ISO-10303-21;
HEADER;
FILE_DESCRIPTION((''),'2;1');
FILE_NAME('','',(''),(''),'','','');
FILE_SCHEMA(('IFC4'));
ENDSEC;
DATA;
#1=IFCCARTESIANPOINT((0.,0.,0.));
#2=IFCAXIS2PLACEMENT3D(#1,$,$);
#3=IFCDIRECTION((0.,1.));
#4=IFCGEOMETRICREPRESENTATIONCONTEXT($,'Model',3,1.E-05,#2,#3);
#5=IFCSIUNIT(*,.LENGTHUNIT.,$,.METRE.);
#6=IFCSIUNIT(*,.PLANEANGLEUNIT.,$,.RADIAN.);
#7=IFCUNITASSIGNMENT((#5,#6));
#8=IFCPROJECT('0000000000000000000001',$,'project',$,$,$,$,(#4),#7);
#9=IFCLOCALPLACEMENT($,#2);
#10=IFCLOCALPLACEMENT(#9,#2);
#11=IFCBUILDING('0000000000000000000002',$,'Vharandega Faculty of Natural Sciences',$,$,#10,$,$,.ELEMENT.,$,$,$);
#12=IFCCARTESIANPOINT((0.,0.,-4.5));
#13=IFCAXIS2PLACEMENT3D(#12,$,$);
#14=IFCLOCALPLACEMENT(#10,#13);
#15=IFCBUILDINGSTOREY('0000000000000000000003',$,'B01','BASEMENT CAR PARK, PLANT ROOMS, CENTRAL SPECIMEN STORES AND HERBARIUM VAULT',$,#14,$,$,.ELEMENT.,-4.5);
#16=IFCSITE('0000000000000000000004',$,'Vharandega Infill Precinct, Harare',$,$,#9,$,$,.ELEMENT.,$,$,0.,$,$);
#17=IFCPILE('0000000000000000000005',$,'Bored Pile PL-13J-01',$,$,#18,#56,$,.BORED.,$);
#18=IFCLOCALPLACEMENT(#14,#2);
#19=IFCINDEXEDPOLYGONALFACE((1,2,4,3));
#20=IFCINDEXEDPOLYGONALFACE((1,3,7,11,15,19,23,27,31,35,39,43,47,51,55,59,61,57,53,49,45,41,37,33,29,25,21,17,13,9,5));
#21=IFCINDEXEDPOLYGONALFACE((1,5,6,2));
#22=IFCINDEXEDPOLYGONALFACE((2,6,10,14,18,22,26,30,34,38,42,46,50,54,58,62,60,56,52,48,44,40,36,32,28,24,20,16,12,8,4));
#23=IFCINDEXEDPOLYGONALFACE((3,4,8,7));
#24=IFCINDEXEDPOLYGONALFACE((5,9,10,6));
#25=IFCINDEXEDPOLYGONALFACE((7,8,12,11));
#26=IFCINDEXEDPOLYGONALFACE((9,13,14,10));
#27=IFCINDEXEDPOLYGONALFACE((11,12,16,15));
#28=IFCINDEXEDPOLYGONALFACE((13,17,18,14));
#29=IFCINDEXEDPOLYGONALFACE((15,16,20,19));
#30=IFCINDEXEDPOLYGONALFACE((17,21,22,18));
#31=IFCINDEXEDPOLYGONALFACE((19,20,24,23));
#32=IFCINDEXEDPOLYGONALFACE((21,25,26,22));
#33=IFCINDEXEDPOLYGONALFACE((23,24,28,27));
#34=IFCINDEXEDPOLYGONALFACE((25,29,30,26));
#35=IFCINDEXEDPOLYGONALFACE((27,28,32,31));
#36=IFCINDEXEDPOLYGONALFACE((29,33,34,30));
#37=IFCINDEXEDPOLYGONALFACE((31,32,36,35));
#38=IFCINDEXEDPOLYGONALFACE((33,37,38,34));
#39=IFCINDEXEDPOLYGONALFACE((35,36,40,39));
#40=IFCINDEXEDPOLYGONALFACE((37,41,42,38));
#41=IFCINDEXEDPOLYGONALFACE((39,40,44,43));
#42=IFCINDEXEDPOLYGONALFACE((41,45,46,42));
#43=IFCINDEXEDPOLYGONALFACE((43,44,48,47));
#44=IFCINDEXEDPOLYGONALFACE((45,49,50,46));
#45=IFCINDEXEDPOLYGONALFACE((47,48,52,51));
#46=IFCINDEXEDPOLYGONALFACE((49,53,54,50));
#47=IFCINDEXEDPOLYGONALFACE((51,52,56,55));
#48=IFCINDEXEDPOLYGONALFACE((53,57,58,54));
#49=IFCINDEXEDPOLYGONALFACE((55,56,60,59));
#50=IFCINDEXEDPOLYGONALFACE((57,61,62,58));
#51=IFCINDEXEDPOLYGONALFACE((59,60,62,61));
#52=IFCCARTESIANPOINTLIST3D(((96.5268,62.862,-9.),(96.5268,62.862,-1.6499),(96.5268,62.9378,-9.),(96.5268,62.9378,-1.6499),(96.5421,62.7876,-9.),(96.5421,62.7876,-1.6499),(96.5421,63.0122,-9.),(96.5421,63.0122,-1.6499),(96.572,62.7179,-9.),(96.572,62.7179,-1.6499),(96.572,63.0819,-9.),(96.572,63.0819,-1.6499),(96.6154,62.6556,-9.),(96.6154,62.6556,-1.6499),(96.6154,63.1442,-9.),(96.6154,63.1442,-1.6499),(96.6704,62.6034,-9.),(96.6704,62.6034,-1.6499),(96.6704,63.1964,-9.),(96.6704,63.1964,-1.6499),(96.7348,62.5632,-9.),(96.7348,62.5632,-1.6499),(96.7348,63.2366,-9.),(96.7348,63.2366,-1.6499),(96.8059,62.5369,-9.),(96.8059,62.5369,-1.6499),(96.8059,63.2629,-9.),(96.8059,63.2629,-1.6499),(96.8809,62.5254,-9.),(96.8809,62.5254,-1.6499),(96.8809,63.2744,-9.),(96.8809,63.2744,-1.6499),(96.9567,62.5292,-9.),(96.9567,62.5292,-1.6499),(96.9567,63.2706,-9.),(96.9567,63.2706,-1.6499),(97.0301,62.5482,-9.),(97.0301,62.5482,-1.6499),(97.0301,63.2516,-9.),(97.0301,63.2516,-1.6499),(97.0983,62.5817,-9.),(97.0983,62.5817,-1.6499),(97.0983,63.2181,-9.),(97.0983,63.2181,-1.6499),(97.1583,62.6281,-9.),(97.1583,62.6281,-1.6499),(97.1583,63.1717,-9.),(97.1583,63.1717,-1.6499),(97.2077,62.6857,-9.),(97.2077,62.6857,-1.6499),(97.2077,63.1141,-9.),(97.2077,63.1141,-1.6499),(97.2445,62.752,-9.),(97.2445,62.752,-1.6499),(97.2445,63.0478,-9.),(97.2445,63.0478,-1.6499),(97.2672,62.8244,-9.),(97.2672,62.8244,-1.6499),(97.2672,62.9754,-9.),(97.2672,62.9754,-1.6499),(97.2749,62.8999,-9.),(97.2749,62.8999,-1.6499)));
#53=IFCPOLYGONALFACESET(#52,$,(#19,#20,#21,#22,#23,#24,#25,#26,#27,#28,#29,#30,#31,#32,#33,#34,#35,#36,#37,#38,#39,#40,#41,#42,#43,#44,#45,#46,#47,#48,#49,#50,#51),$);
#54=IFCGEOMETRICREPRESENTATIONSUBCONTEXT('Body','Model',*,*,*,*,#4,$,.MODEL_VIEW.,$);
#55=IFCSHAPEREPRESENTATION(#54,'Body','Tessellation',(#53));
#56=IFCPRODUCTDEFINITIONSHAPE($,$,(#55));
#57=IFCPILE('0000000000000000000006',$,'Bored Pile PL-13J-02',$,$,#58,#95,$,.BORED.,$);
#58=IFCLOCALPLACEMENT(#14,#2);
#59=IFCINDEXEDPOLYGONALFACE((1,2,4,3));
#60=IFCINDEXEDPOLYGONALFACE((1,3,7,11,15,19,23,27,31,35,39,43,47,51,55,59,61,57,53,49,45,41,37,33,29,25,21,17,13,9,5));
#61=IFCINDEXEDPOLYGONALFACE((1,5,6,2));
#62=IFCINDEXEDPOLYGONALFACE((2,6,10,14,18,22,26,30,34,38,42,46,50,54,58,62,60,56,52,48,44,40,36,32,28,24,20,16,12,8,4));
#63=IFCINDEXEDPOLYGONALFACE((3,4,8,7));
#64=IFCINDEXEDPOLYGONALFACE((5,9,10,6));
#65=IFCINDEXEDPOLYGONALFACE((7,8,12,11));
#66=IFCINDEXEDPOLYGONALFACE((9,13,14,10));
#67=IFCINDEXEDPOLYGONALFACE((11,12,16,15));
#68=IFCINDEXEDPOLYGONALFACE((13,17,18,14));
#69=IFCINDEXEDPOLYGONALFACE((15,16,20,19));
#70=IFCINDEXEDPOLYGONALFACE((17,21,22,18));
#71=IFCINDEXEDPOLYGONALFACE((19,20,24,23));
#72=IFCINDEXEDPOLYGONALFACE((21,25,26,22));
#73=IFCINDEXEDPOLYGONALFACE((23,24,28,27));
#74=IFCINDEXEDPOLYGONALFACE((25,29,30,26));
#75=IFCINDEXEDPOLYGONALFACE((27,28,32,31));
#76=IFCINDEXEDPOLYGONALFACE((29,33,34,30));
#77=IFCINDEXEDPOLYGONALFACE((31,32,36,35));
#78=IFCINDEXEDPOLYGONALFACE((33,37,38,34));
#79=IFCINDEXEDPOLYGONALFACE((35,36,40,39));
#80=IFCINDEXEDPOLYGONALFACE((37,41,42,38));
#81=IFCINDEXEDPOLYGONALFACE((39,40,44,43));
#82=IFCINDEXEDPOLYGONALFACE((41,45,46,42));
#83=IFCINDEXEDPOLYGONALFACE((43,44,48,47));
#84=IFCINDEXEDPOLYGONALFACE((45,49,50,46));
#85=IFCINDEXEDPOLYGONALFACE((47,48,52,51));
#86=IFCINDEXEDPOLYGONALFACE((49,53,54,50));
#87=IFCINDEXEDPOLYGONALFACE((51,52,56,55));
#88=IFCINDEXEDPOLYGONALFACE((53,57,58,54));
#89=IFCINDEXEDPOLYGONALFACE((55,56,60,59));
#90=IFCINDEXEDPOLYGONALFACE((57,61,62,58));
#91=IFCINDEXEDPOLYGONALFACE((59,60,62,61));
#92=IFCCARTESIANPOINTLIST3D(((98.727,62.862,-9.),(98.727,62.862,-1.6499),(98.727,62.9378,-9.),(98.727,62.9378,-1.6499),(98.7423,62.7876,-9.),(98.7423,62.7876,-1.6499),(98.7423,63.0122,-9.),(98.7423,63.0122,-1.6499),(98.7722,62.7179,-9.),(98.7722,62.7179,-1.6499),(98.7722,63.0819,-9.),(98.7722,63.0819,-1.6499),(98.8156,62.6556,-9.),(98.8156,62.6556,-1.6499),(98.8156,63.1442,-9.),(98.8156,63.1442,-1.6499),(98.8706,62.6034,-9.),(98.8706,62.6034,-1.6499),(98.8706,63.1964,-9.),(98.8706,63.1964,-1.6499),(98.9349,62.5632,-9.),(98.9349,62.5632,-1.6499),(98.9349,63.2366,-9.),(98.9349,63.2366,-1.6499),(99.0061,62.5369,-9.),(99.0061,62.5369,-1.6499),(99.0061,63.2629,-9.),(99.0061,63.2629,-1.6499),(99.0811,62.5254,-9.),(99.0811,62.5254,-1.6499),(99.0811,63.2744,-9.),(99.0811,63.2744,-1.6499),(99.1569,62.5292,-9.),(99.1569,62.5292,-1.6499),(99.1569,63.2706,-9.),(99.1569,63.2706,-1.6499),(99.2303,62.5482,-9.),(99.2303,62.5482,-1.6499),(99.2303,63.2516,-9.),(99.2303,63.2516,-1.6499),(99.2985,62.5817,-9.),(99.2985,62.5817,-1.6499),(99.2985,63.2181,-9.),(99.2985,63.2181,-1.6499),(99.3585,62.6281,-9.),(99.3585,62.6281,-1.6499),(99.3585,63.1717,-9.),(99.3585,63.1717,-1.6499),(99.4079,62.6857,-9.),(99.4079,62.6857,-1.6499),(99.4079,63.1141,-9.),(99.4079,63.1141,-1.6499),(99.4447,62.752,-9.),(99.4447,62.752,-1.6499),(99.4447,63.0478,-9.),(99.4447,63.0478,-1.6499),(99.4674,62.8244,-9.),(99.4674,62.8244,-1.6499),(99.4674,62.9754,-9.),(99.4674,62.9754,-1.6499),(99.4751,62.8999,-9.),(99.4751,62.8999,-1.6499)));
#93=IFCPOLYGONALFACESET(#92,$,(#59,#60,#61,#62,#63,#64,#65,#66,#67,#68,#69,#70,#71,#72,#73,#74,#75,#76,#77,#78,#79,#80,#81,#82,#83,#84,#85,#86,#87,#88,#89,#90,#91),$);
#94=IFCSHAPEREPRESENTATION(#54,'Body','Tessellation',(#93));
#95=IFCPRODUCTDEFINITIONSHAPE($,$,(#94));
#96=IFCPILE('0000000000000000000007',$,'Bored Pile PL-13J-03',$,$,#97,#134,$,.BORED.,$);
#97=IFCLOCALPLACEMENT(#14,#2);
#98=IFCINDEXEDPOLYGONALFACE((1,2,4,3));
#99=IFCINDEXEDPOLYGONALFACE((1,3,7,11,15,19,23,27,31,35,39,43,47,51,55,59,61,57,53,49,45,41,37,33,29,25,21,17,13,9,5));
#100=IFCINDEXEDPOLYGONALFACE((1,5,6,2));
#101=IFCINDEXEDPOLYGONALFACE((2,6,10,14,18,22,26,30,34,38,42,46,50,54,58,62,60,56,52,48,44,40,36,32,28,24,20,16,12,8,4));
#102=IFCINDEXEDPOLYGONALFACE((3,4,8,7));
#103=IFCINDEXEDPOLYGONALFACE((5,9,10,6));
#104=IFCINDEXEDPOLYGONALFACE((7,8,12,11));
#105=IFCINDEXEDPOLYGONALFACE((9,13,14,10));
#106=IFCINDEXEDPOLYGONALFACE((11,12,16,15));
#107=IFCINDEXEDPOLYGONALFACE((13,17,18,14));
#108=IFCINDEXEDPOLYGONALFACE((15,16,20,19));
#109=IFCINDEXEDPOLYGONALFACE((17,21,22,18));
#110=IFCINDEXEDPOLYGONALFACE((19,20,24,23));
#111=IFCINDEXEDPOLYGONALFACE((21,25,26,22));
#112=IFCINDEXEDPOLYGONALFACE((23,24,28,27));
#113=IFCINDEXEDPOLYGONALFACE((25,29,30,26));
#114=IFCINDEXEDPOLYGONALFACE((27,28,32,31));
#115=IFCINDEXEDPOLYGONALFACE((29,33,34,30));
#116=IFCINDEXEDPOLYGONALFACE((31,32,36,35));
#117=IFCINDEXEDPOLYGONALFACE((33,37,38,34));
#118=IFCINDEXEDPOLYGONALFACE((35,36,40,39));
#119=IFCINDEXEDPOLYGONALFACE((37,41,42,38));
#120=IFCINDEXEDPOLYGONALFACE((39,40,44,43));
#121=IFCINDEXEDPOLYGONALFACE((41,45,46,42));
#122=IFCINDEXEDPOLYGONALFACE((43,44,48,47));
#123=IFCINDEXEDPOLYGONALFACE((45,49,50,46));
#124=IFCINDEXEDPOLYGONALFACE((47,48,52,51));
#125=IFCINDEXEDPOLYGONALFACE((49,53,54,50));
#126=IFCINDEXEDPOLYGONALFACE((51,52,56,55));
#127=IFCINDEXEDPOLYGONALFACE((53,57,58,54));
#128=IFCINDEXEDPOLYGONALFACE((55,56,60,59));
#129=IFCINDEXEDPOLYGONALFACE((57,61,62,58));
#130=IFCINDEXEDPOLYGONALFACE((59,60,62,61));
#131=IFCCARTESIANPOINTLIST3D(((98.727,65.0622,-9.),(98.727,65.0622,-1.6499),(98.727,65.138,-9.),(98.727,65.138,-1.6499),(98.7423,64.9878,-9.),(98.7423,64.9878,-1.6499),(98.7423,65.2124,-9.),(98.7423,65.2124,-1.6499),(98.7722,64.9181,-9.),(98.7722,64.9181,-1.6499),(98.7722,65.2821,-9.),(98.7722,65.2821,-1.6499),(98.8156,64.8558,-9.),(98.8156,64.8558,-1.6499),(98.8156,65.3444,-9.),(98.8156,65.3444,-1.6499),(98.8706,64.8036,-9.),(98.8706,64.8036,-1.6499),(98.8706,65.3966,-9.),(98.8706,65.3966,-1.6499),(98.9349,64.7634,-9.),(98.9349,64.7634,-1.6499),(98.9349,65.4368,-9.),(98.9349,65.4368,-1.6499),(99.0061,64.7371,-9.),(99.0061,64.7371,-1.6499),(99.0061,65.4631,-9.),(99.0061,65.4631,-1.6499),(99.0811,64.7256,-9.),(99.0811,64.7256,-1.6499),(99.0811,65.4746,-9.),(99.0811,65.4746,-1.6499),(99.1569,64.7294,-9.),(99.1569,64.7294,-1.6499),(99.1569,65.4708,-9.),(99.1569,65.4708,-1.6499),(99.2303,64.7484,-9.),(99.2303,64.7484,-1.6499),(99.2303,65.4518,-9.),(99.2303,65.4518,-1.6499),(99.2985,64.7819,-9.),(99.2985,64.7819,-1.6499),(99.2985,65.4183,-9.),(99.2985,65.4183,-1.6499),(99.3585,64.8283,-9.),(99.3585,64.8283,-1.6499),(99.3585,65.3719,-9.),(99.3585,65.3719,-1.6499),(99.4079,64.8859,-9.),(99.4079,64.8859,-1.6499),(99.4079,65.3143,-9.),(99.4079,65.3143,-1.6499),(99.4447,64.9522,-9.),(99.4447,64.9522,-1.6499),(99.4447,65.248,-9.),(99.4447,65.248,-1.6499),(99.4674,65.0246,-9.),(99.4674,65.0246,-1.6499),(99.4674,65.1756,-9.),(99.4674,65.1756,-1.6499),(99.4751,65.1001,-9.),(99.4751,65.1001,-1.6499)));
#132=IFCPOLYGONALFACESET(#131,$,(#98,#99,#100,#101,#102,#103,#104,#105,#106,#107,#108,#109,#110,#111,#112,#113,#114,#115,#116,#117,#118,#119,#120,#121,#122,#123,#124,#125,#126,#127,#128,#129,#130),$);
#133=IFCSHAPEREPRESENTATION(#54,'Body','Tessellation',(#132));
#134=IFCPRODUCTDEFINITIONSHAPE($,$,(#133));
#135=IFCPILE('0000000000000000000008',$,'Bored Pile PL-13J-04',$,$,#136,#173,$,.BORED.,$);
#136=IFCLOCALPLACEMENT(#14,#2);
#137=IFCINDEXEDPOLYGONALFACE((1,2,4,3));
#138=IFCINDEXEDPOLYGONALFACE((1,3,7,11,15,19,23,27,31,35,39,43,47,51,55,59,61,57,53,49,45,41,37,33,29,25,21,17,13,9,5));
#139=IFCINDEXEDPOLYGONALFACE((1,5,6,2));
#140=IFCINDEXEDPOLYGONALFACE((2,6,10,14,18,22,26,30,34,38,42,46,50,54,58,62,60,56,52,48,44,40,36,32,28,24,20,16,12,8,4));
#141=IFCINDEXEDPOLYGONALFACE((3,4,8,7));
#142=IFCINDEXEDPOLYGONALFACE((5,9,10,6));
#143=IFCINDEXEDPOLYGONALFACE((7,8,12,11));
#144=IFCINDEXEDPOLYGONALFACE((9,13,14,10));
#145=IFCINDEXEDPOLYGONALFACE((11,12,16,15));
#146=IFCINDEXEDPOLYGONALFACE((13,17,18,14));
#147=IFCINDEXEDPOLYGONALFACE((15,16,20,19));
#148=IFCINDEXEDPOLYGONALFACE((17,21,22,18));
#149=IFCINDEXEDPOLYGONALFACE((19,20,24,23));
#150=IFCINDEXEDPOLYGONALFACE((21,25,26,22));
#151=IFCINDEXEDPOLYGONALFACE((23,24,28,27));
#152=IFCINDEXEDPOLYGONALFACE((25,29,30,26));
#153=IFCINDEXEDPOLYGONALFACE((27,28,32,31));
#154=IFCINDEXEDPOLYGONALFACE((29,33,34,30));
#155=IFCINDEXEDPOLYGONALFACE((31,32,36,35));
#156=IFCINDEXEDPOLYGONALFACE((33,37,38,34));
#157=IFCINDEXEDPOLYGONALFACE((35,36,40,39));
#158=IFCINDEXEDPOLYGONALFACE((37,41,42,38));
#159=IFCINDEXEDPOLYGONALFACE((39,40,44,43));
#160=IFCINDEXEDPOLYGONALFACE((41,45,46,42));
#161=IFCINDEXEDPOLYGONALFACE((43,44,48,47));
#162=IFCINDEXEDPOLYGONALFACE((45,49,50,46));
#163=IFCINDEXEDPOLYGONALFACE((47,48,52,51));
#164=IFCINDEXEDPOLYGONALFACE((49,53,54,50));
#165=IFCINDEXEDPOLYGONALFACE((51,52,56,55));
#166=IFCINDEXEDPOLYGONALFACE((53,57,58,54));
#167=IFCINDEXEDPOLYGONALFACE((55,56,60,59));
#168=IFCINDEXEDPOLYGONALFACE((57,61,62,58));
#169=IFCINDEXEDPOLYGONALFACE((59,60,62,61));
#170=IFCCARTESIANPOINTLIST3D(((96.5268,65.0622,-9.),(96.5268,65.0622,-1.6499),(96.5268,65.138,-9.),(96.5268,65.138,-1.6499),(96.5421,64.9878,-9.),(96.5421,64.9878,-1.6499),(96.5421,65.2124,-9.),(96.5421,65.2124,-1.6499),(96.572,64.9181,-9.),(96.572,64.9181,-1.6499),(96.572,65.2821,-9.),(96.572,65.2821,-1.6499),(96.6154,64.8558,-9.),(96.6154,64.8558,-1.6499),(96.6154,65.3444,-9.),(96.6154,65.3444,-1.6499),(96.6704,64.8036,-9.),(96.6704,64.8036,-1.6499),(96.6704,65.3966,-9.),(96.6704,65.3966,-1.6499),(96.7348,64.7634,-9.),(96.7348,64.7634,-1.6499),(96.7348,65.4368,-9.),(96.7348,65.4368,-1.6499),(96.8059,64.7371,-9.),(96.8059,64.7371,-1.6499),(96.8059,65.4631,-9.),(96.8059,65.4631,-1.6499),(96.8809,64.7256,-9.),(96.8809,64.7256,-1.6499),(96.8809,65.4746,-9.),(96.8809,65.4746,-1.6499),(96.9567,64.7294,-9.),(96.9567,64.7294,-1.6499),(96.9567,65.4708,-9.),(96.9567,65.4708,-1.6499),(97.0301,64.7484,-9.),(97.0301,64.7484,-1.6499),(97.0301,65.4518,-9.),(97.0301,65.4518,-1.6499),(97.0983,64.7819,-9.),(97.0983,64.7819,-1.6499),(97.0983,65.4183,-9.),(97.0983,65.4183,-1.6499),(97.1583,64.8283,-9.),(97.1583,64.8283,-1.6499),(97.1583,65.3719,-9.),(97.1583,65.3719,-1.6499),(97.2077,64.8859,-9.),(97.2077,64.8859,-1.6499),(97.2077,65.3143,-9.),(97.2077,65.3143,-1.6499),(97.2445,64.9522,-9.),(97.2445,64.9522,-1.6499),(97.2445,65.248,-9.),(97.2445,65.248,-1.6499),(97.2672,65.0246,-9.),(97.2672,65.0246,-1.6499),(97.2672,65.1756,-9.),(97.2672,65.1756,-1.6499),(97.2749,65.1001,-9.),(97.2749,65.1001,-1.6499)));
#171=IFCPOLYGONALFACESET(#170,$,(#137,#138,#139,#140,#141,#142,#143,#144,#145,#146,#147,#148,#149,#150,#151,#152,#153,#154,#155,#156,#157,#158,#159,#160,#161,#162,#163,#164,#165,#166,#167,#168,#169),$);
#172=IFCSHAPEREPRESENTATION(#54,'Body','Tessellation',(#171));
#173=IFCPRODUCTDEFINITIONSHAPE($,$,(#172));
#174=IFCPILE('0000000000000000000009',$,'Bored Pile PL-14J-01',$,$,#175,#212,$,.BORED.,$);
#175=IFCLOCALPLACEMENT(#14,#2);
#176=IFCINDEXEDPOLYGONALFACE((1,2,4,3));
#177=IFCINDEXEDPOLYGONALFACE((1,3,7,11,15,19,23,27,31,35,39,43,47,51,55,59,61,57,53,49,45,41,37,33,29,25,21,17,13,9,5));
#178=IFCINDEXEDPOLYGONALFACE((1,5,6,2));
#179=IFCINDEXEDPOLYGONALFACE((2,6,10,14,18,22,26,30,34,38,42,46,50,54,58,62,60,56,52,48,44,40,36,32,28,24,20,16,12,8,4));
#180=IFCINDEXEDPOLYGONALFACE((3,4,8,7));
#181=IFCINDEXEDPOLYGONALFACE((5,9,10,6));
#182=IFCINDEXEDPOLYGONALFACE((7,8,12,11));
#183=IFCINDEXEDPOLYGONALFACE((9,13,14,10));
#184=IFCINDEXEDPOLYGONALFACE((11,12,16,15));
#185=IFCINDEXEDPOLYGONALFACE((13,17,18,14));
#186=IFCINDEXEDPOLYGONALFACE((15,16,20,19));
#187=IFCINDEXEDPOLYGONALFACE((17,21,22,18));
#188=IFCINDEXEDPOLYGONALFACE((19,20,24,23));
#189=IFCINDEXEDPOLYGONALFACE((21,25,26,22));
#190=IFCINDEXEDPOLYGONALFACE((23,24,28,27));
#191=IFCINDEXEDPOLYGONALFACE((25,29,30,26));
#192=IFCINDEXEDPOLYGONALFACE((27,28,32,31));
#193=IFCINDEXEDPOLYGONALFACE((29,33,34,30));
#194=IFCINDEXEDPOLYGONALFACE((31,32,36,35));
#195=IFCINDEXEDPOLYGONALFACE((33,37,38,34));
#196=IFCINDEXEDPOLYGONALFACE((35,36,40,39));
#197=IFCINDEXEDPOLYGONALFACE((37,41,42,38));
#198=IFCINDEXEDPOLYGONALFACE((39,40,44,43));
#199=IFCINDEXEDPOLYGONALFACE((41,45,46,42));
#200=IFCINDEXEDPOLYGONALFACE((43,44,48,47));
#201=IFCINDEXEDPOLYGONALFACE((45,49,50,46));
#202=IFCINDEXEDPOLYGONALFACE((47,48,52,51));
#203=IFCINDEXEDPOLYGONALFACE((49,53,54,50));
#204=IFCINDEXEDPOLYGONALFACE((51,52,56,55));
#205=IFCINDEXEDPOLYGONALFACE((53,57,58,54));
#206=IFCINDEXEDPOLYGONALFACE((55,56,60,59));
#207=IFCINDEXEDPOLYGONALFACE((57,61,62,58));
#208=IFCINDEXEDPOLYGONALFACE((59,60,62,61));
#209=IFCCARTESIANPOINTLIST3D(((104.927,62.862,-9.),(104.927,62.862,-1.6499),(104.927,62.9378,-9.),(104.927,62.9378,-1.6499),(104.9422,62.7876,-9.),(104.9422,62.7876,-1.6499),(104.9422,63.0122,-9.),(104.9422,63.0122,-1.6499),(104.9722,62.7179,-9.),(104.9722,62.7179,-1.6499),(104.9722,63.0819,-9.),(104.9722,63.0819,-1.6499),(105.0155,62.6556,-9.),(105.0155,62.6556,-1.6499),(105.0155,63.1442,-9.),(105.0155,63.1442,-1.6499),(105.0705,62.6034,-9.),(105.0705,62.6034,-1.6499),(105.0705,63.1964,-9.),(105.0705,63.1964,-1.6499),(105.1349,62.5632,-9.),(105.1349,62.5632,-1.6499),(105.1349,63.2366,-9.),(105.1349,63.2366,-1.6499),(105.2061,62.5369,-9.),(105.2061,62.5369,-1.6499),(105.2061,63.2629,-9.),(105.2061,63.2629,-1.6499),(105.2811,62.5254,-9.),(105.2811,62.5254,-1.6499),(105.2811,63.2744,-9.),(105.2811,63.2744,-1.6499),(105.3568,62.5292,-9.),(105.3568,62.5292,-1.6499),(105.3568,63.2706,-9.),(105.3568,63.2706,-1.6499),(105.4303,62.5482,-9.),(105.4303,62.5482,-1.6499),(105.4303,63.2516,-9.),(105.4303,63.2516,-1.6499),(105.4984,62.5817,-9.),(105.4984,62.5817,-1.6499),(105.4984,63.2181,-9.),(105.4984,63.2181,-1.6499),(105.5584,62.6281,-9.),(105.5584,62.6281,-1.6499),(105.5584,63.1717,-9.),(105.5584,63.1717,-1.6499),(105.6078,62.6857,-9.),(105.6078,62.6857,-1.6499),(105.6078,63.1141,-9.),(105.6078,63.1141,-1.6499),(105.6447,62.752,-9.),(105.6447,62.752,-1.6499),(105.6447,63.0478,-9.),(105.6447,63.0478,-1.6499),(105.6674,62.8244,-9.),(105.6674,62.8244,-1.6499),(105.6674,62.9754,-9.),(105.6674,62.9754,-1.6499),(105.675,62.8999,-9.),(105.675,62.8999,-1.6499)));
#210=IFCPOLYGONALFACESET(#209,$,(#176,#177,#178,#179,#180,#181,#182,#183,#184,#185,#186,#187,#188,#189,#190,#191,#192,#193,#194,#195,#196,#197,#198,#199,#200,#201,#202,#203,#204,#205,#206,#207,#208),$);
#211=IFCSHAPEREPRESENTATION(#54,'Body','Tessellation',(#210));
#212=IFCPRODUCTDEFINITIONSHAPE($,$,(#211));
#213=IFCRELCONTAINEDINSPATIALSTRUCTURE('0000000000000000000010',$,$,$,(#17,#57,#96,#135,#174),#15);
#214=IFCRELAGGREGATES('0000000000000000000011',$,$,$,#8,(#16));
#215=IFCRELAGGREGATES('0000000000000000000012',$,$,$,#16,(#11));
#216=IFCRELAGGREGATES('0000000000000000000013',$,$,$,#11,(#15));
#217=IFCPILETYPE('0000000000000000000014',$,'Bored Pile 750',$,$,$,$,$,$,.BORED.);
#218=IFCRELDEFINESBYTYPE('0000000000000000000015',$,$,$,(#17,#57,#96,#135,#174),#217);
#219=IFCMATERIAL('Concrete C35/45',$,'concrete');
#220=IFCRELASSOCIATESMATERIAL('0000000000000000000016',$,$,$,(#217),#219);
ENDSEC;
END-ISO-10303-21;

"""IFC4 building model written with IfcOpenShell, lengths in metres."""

from ifc_helpers import new_model, si_unit, direction, frame, origin, origin_2d, place, context, subcontext, project, spatial, circle, extrude, material, material_profile, profile_set, type_object, element, save


model = new_model("IFC4")

# Units and contexts
model_context = context("Model", 3, precision=1e-05, world=origin(), true_north=direction((0.0, 1.0)))
body_context = subcontext(model_context, "Body", "Model", "MODEL_VIEW")
ifc_project = project(units=[si_unit("LENGTHUNIT", "METRE"), si_unit("PLANEANGLEUNIT", "RADIAN")], contexts=[model_context])

# Site, building, storey
site_placement = place(None, origin())
site = spatial("IfcSite", under=ifc_project, at=site_placement, Name="Vharandega Infill Precinct, Harare", CompositionType="ELEMENT", RefElevation=0.0)
building_placement = place(site_placement, origin())
building = spatial("IfcBuilding", under=site, at=building_placement, Name="Vharandega Faculty of Natural Sciences", CompositionType="ELEMENT")
storey_placement = place(building_placement, frame((0.0, 0.0, -4.5)))
storey = spatial("IfcBuildingStorey", under=building, at=storey_placement, Name="B01", Description="BASEMENT CAR PARK, PLANT ROOMS, CENTRAL SPECIMEN STORES AND HERBARIUM VAULT", CompositionType="ELEMENT", Elevation=-4.5)

# Piles
ifc_material_1 = material(Name="Concrete C35/45", Category="concrete")
ifc_material_profile_1 = material_profile(ifc_material_1, circle(Radius=0.375, at=origin_2d()), Name="PILE 750")
ifc_profile_set_1 = profile_set([ifc_material_profile_1], Name="Concrete C35/45")
pile_type_1 = type_object("IfcPileType", Name="Bored Pile 750", PredefinedType="BORED", material=ifc_profile_set_1)
for number, where, z_axis, x_axis, name in (
    (1, (96.8999, 62.8999, -1.6499), (0.0, 0.0, -1.0), (1.0, 0.0, 0.0), "Bored Pile PL-13J-01"),
    (2, (99.1001, 62.8999, -1.6499), (0.0, 0.0, -1.0), (1.0, 0.0, 0.0), "Bored Pile PL-13J-02"),
    (3, (99.1001, 65.1001, -1.6499), (0.0, 0.0, -1.0), (1.0, 0.0, 0.0), "Bored Pile PL-13J-03"),
    (4, (96.8999, 65.1001, -1.6499), (0.0, 0.0, -1.0), (1.0, 0.0, 0.0), "Bored Pile PL-13J-04"),
    (5, (105.3, 62.8999, -1.6499), (0.0, 0.0, -1.0), (1.0, 0.0, 0.0), "Bored Pile PL-14J-01"),
):
    element("IfcPile", number, at=place(storey_placement, frame(where, z_axis=z_axis, x_axis=x_axis)), inside=storey, type_object=pile_type_1, Name=name, PredefinedType="BORED", context=body_context, shape_type="SweptSolid", body=[
        extrude(circle(Radius=0.375, at=origin_2d()), origin(), (0.0, 0.0, 1.0), 7.3501),
    ])

save(model, "model.ifc")
